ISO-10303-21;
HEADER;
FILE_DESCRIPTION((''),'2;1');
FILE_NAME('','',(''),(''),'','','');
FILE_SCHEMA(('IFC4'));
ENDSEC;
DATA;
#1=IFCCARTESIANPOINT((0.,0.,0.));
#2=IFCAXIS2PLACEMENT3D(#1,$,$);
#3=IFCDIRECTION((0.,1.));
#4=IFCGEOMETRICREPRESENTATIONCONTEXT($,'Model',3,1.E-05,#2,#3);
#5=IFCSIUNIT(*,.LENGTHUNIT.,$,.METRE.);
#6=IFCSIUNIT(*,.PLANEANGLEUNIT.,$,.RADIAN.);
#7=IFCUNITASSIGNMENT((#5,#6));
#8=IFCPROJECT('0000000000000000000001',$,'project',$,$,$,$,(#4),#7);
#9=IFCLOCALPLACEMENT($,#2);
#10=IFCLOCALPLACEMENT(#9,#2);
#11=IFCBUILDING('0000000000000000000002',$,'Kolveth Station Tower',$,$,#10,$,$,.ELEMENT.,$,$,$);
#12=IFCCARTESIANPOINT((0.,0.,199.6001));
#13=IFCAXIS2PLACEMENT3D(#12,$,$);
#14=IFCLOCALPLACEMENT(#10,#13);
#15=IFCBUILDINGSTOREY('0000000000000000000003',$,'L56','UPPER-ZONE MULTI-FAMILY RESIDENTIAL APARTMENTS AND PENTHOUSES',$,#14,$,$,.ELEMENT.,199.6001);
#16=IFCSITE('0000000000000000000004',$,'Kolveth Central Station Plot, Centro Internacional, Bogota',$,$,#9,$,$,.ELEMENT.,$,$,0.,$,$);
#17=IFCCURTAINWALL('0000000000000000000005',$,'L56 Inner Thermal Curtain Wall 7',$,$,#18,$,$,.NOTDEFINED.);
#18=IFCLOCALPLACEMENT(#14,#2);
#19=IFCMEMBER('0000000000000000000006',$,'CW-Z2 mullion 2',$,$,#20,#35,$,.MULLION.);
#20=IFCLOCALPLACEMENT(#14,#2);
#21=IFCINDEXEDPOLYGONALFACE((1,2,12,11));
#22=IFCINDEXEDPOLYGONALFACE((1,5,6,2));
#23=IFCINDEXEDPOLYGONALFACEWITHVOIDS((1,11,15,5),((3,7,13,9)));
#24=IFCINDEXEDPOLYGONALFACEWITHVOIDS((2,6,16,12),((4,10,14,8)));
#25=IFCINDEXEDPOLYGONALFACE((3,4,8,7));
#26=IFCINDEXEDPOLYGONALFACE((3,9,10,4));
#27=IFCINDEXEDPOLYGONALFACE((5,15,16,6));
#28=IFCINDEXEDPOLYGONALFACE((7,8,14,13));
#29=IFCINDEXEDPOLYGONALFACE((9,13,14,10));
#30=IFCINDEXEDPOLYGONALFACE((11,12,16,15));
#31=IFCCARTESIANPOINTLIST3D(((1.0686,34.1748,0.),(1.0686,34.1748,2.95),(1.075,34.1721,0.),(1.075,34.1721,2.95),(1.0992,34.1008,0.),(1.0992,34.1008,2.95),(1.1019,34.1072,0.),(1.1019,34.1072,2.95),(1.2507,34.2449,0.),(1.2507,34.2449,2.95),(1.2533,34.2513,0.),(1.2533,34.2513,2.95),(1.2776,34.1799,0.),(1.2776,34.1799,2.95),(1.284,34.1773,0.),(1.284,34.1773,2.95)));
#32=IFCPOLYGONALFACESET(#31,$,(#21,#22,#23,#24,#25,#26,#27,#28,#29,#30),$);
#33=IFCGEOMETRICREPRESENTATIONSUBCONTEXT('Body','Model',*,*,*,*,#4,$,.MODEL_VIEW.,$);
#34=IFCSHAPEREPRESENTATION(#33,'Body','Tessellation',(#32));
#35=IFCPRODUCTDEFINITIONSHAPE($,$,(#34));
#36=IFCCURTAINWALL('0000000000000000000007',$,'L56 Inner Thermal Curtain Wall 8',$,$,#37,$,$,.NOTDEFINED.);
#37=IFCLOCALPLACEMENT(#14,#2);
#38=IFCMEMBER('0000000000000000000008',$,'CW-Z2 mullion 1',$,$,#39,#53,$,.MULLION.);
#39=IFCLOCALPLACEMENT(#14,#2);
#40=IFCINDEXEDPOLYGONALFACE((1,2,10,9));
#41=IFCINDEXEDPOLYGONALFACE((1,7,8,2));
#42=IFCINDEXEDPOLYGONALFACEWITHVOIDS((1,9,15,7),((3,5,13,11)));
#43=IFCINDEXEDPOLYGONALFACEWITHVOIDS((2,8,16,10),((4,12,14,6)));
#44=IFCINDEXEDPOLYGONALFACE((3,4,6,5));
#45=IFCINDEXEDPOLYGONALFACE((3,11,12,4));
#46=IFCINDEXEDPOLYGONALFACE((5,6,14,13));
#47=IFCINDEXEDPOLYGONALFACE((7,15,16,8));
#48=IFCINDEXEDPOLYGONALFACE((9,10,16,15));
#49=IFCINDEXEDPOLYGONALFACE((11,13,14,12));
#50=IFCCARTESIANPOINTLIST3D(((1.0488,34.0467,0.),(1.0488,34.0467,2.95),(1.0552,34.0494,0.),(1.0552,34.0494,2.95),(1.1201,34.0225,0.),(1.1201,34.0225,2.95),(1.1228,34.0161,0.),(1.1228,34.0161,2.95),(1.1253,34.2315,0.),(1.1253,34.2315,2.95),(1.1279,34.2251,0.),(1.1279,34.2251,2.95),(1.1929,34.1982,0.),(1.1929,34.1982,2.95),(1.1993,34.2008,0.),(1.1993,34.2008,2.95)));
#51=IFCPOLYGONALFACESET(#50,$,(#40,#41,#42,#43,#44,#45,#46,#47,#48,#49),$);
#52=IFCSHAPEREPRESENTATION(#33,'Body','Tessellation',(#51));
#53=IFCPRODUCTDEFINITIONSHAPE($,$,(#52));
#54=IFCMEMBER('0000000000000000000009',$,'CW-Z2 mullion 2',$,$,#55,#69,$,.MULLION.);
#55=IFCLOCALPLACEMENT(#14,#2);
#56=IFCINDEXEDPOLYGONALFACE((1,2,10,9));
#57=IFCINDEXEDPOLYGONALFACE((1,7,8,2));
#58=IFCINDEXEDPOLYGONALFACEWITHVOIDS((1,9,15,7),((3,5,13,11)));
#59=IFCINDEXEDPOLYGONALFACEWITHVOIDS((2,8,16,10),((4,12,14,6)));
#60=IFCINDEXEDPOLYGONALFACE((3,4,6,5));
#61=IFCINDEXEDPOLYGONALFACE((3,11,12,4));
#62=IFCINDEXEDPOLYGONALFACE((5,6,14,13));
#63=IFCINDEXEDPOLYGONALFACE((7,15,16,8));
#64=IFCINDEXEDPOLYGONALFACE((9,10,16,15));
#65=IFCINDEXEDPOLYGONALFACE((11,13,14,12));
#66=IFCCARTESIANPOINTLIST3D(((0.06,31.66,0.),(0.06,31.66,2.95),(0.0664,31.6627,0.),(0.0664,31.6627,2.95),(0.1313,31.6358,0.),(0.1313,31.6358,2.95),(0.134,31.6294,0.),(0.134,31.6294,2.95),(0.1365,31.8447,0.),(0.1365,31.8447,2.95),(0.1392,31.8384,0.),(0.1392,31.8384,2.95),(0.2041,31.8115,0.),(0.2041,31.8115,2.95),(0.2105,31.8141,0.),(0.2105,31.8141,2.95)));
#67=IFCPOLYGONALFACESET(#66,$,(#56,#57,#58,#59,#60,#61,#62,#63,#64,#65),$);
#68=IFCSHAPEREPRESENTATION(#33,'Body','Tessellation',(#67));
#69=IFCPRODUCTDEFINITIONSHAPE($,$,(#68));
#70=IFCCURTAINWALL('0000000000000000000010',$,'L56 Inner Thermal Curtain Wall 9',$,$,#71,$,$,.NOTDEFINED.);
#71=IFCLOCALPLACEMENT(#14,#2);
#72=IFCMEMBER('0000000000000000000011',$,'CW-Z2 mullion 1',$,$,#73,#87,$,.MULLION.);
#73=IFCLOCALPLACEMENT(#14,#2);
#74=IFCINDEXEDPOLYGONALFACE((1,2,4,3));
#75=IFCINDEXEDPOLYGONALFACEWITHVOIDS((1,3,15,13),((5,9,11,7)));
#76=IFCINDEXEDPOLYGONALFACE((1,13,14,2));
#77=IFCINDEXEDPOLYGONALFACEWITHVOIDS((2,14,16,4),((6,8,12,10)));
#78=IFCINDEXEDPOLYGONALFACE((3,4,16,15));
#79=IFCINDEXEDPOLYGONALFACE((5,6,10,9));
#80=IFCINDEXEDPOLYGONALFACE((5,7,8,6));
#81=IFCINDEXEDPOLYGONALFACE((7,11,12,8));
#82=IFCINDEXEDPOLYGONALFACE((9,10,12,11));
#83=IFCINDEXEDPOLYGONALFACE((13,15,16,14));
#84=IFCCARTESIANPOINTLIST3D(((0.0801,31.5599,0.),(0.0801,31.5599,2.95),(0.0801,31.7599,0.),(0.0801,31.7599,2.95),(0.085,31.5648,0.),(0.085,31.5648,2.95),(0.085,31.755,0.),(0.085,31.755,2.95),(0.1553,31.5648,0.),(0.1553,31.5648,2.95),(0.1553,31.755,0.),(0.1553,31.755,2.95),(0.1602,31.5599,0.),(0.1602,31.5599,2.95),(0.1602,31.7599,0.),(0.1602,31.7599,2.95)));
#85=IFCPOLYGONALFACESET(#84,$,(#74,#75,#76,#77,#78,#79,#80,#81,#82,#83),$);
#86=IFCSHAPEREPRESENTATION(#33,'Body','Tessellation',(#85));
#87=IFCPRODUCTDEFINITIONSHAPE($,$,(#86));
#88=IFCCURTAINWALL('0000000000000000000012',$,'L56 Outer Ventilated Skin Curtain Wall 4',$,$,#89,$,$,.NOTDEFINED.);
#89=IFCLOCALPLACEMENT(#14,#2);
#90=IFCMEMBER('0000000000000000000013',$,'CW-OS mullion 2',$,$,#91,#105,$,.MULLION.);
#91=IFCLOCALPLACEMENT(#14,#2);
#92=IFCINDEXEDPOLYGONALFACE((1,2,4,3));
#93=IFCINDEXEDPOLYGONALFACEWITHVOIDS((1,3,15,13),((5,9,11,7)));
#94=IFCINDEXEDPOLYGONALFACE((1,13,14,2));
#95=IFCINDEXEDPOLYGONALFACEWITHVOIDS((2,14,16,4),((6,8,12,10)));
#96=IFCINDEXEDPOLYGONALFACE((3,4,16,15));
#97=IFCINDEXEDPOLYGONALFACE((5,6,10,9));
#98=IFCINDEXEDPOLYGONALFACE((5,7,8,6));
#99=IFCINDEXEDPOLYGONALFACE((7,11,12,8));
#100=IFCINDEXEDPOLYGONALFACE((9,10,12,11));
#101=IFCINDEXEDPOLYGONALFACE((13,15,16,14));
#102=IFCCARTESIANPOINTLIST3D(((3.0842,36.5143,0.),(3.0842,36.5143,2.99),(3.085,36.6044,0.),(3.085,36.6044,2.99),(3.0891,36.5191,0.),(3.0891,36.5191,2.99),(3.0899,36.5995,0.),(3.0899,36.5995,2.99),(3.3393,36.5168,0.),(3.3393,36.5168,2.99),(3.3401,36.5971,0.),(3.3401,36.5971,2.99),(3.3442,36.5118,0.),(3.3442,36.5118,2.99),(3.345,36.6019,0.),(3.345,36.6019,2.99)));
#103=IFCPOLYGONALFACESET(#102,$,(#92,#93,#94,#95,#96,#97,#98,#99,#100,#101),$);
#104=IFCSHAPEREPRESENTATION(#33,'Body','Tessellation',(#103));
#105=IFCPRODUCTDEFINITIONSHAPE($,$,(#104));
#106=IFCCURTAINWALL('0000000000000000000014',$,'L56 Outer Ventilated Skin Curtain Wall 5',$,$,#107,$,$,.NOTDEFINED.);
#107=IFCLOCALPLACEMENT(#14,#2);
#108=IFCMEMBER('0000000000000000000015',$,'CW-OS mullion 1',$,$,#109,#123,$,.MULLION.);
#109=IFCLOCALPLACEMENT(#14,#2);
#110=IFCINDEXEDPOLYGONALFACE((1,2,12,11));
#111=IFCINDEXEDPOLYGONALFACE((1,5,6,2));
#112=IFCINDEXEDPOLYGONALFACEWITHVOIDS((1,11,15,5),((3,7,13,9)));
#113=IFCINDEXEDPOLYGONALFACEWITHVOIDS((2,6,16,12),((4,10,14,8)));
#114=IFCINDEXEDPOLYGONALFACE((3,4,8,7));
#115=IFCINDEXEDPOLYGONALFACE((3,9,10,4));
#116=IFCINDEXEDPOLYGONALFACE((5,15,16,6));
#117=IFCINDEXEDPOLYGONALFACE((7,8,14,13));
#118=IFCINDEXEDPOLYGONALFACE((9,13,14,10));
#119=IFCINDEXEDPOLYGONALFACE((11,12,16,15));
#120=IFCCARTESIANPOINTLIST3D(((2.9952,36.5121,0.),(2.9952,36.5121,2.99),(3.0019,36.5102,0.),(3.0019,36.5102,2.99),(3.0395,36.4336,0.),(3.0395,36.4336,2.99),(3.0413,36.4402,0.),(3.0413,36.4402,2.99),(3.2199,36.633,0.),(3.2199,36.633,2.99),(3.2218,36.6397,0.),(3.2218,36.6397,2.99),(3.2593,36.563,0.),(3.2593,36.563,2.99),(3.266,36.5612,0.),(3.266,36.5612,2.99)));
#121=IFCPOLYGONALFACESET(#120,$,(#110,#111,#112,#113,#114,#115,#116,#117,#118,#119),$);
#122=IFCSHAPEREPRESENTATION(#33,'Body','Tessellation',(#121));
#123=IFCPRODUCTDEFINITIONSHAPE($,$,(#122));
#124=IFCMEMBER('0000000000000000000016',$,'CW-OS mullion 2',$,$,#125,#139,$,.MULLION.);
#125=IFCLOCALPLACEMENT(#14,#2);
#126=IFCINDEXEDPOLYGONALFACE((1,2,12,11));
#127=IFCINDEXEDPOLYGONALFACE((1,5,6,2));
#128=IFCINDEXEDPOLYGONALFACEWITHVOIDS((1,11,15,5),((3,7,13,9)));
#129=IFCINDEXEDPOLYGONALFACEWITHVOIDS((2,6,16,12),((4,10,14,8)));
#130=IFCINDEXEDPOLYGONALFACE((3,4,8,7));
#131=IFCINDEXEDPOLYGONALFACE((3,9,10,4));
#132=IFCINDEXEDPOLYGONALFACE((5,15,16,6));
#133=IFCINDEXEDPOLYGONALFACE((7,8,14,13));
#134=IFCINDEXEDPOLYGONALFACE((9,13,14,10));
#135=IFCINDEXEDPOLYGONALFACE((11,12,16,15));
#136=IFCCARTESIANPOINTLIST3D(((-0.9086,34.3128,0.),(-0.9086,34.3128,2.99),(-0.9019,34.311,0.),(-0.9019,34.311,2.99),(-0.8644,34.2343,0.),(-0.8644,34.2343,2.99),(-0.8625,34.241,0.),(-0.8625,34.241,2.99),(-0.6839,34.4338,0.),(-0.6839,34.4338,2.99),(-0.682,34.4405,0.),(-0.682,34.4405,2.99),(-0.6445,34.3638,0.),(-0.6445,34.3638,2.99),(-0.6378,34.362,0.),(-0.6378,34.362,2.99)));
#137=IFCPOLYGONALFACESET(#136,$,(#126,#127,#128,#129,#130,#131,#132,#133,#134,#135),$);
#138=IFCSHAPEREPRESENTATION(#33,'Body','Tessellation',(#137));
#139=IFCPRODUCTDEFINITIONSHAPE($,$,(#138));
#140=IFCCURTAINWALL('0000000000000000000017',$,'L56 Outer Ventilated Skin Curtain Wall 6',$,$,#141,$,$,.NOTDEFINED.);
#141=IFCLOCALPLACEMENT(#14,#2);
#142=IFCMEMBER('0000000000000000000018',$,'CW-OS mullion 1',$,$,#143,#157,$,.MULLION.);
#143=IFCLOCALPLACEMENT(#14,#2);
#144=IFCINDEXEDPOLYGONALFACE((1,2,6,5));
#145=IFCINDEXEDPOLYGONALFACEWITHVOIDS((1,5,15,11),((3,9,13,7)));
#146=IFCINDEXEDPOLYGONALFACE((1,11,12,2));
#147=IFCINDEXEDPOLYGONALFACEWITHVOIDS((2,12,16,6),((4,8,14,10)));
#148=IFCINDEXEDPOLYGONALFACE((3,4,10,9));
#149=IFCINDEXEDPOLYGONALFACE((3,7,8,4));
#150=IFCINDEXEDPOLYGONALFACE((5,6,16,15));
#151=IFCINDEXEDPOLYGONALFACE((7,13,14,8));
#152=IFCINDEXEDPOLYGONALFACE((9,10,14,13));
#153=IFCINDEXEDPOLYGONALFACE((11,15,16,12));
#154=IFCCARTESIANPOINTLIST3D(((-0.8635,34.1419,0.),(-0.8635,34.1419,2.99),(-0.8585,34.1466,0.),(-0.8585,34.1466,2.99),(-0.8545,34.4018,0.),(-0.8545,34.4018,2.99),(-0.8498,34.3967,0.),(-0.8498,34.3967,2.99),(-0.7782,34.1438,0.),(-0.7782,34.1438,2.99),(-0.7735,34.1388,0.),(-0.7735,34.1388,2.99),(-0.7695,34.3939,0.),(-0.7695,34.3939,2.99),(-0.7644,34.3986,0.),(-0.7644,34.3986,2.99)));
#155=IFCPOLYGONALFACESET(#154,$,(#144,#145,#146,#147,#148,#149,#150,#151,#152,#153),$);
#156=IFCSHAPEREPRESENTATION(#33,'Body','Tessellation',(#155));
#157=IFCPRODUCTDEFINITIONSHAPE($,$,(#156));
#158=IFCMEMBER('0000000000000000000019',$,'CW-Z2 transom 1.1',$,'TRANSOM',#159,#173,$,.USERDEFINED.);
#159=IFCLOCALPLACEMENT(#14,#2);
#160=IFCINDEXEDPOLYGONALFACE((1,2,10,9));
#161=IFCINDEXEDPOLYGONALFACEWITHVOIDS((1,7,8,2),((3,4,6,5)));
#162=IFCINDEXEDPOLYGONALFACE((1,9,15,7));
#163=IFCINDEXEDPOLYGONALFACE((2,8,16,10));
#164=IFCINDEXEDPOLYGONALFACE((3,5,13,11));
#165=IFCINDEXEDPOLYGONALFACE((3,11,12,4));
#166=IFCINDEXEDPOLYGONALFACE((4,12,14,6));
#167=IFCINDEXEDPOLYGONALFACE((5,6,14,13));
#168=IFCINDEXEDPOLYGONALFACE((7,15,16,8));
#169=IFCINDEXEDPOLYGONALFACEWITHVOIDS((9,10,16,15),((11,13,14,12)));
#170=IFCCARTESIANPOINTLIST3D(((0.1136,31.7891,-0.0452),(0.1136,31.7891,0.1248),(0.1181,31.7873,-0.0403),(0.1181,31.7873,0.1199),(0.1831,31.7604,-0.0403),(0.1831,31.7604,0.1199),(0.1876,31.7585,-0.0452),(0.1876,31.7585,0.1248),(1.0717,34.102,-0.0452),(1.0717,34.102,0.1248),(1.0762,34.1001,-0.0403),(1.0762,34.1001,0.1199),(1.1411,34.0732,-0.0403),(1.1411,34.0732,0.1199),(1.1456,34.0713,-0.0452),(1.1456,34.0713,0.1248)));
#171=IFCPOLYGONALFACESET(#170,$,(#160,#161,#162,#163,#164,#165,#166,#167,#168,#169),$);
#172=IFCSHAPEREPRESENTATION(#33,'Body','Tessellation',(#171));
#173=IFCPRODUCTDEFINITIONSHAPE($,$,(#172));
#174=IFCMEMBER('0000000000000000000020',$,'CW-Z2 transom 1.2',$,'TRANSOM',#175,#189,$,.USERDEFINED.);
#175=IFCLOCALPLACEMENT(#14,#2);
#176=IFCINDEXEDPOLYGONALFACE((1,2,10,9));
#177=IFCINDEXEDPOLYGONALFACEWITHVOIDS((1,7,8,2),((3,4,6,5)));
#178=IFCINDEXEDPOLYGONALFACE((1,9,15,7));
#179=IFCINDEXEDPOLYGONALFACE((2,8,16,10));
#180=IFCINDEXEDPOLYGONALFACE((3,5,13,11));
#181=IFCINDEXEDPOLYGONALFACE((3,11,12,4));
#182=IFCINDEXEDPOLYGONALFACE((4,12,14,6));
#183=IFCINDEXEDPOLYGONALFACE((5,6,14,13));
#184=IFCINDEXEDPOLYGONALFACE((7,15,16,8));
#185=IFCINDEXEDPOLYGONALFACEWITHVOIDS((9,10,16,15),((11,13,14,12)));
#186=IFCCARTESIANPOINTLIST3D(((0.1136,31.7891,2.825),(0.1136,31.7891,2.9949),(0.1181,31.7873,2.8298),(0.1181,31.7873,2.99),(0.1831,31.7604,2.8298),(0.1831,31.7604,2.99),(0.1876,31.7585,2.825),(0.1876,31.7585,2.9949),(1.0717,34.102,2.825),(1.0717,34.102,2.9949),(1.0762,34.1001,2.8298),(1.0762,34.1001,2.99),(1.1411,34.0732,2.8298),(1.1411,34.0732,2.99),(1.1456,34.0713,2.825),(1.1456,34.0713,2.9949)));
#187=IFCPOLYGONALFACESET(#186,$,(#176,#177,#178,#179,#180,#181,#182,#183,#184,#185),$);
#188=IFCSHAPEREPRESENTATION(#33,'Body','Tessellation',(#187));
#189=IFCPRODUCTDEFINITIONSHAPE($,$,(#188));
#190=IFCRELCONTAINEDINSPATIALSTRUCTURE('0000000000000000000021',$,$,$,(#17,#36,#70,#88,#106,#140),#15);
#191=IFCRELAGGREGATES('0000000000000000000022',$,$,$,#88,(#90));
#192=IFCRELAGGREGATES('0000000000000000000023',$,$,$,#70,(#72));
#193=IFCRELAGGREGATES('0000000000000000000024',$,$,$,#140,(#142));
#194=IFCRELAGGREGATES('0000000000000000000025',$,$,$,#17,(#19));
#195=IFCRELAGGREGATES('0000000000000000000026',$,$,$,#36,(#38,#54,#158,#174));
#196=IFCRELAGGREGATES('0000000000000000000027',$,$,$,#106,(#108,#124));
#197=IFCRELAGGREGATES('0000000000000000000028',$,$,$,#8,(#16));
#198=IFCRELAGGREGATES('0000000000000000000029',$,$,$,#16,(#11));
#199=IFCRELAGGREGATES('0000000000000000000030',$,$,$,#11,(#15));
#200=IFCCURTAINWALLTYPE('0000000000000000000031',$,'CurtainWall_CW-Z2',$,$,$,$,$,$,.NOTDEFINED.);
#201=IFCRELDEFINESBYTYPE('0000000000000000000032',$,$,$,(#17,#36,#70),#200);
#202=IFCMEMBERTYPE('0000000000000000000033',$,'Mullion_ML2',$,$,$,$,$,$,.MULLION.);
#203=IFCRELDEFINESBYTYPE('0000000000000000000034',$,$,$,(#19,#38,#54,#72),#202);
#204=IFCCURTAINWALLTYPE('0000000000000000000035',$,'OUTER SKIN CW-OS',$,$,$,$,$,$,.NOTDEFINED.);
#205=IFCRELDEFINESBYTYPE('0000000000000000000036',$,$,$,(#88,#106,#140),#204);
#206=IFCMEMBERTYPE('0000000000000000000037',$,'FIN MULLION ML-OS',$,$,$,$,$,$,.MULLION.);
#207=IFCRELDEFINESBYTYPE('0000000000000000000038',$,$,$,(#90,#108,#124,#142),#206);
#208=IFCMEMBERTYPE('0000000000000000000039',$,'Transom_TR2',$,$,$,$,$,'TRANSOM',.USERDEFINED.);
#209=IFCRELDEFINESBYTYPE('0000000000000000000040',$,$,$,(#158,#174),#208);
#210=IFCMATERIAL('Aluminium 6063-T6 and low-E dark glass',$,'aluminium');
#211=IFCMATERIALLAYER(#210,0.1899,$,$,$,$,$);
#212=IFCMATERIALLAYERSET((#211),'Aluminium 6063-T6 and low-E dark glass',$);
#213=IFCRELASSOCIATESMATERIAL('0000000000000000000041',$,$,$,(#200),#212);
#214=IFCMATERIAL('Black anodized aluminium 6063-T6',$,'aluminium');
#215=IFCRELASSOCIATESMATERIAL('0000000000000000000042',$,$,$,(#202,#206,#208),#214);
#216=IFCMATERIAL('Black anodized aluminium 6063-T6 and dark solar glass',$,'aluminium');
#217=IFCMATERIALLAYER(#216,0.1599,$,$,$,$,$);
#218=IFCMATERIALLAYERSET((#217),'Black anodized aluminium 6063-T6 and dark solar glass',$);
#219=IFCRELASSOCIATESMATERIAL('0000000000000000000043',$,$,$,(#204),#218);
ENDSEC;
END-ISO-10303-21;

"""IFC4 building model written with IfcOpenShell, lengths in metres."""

from ifc_helpers import new_model, si_unit, direction, frame, origin, origin_2d, place, context, subcontext, project, spatial, hollow_rectangle, extrude, source, transform, mapped, material, layer, layer_set, material_profile, profile_set, type_object, element, aggregate, save


model = new_model("IFC4")

# Units and contexts
model_context = context("Model", 3, precision=1e-05, world=origin(), true_north=direction((0.0, 1.0)))
body_context = subcontext(model_context, "Body", "Model", "MODEL_VIEW")
ifc_project = project(units=[si_unit("LENGTHUNIT", "METRE"), si_unit("PLANEANGLEUNIT", "RADIAN")], contexts=[model_context])

# Site, building, storey
site_placement = place(None, origin())
site = spatial("IfcSite", under=ifc_project, at=site_placement, Name="Kolveth Central Station Plot, Centro Internacional, Bogota", CompositionType="ELEMENT", RefElevation=0.0)
building_placement = place(site_placement, origin())
building = spatial("IfcBuilding", under=site, at=building_placement, Name="Kolveth Station Tower", CompositionType="ELEMENT")
storey_placement = place(building_placement, frame((0.0, 0.0, 199.6001)))
storey = spatial("IfcBuildingStorey", under=building, at=storey_placement, Name="L56", Description="UPPER-ZONE MULTI-FAMILY RESIDENTIAL APARTMENTS AND PENTHOUSES", CompositionType="ELEMENT", Elevation=199.6001)

# Curtain wall, member
ifc_material_1 = material(Name="Aluminium 6063-T6 and low-E dark glass", Category="aluminium")
ifc_layer_1 = layer(ifc_material_1, 0.1899)
ifc_layer_set_1 = layer_set([ifc_layer_1], Name="Aluminium 6063-T6 and low-E dark glass")
curtain_wall_type_1 = type_object("IfcCurtainWallType", Name="CurtainWall_CW-Z2", PredefinedType="NOTDEFINED", material=ifc_layer_set_1)
curtain_wall_1_placement = place(storey_placement, origin())
curtain_wall_1 = element("IfcCurtainWall", 1, at=curtain_wall_1_placement, inside=storey, type_object=curtain_wall_type_1, Name="L56 Inner Thermal Curtain Wall 7", PredefinedType="NOTDEFINED")
ifc_material_2 = material(Name="Black anodized aluminium 6063-T6", Category="aluminium")
ifc_material_profile_1 = material_profile(ifc_material_2, hollow_rectangle(XDim=0.0801, YDim=0.2, WallThickness=0.0049, at=origin_2d()), Name="ALU-80x200x5")
ifc_profile_set_1 = profile_set([ifc_material_profile_1], Name="Black anodized aluminium 6063-T6")
member_type_1 = type_object("IfcMemberType", Name="Mullion_ML2", PredefinedType="MULLION", material=ifc_profile_set_1)
shared_shape_1 = source(origin(), body_context, "Body", "SweptSolid", [
    extrude(hollow_rectangle(XDim=0.0801, YDim=0.2, WallThickness=0.0049, at=origin_2d()), origin(), (0.0, 0.0, 1.0), 2.95),
])
member_1_placement = place(storey_placement, frame((1.1763, 34.176, 0.0), z_axis=(0.0, 0.0, 1.0), x_axis=(0.382698, -0.923874, 0.0)))
member_1 = element("IfcMember", 2, at=member_1_placement, type_object=member_type_1, Name="CW-Z2 mullion 2", PredefinedType="MULLION", context=body_context, shape_type="MappedRepresentation", body=[
    mapped(shared_shape_1, transform((0.0, 0.0, 0.0), x_axis=(1.0, 0.0, 0.0), y_axis=(0.0, 1.0, 0.0), z_axis=(0.0, 0.0, 1.0), scale=1.0)),
])

# Curtain wall, members
curtain_wall_2_placement = place(storey_placement, origin())
curtain_wall_2 = element("IfcCurtainWall", 3, at=curtain_wall_2_placement, inside=storey, type_object=curtain_wall_type_1, Name="L56 Inner Thermal Curtain Wall 8", PredefinedType="NOTDEFINED")
member_2_placement = place(storey_placement, frame((1.124, 34.1238, 0.0), z_axis=(0.0, 0.0, 1.0), x_axis=(0.923874, -0.382698, 0.0)))
member_2 = element("IfcMember", 4, at=member_2_placement, type_object=member_type_1, Name="CW-Z2 mullion 1", PredefinedType="MULLION", context=body_context, shape_type="MappedRepresentation", body=[
    mapped(shared_shape_1, transform((0.0, 0.0, 0.0), x_axis=(1.0, 0.0, 0.0), y_axis=(0.0, 1.0, 0.0), z_axis=(0.0, 0.0, 1.0), scale=1.0)),
])
member_3_placement = place(storey_placement, frame((0.1353, 31.7371, 0.0), z_axis=(0.0, 0.0, 1.0), x_axis=(0.923874, -0.382698, 0.0)))
member_3 = element("IfcMember", 5, at=member_3_placement, type_object=member_type_1, Name="CW-Z2 mullion 2", PredefinedType="MULLION", context=body_context, shape_type="MappedRepresentation", body=[
    mapped(shared_shape_1, transform((0.0, 0.0, 0.0), x_axis=(1.0, 0.0, 0.0), y_axis=(0.0, 1.0, 0.0), z_axis=(0.0, 0.0, 1.0), scale=1.0)),
])

# Curtain walls, members
curtain_wall_3_placement = place(storey_placement, origin())
curtain_wall_3 = element("IfcCurtainWall", 6, at=curtain_wall_3_placement, inside=storey, type_object=curtain_wall_type_1, Name="L56 Inner Thermal Curtain Wall 9", PredefinedType="NOTDEFINED")
member_4_placement = place(storey_placement, frame((0.1201, 31.6599, 0.0), z_axis=(0.0, 0.0, 1.0), x_axis=(1.0, 0.0, 0.0)))
member_4 = element("IfcMember", 7, at=member_4_placement, type_object=member_type_1, Name="CW-Z2 mullion 1", PredefinedType="MULLION", context=body_context, shape_type="MappedRepresentation", body=[
    mapped(shared_shape_1, transform((0.0, 0.0, 0.0), x_axis=(1.0, 0.0, 0.0), y_axis=(0.0, 1.0, 0.0), z_axis=(0.0, 0.0, 1.0), scale=1.0)),
])
ifc_material_3 = material(Name="Black anodized aluminium 6063-T6 and dark solar glass", Category="aluminium")
ifc_layer_2 = layer(ifc_material_3, 0.1599)
ifc_layer_set_2 = layer_set([ifc_layer_2], Name="Black anodized aluminium 6063-T6 and dark solar glass")
curtain_wall_type_2 = type_object("IfcCurtainWallType", Name="OUTER SKIN CW-OS", PredefinedType="NOTDEFINED", material=ifc_layer_set_2)
curtain_wall_4_placement = place(storey_placement, origin())
curtain_wall_4 = element("IfcCurtainWall", 8, at=curtain_wall_4_placement, inside=storey, type_object=curtain_wall_type_2, Name="L56 Outer Ventilated Skin Curtain Wall 4", PredefinedType="NOTDEFINED")
ifc_material_profile_2 = material_profile(ifc_material_2, hollow_rectangle(XDim=0.0901, YDim=0.26, WallThickness=0.0049, at=origin_2d()), Name="ALU-90x260x5")
ifc_profile_set_2 = profile_set([ifc_material_profile_2], Name="Black anodized aluminium 6063-T6")
member_type_2 = type_object("IfcMemberType", Name="FIN MULLION ML-OS", PredefinedType="MULLION", material=ifc_profile_set_2)
shared_shape_2 = source(origin(), body_context, "Body", "SweptSolid", [
    extrude(hollow_rectangle(XDim=0.0901, YDim=0.26, WallThickness=0.0049, at=origin_2d()), origin(), (0.0, 0.0, 1.0), 2.99),
])
member_5_placement = place(storey_placement, frame((3.2146, 36.5581, 0.0), z_axis=(0.0, 0.0, 1.0), x_axis=(-0.009501, -0.999955, 0.0)))
member_5 = element("IfcMember", 9, at=member_5_placement, type_object=member_type_2, Name="CW-OS mullion 2", PredefinedType="MULLION", context=body_context, shape_type="MappedRepresentation", body=[
    mapped(shared_shape_2, transform((0.0, 0.0, 0.0), x_axis=(1.0, 0.0, 0.0), y_axis=(0.0, 1.0, 0.0), z_axis=(0.0, 0.0, 1.0), scale=1.0)),
])
aggregate(curtain_wall_4, [member_5])

# Curtain wall, members
curtain_wall_5_placement = place(storey_placement, origin())
curtain_wall_5 = element("IfcCurtainWall", 10, at=curtain_wall_5_placement, inside=storey, type_object=curtain_wall_type_2, Name="L56 Outer Ventilated Skin Curtain Wall 5", PredefinedType="NOTDEFINED")
member_6_placement = place(storey_placement, frame((3.1306, 36.5366, 0.0), z_axis=(0.0, 0.0, 1.0), x_axis=(0.49083, -0.871255, 0.0)))
member_6 = element("IfcMember", 11, at=member_6_placement, type_object=member_type_2, Name="CW-OS mullion 1", PredefinedType="MULLION", context=body_context, shape_type="MappedRepresentation", body=[
    mapped(shared_shape_2, transform((0.0, 0.0, 0.0), x_axis=(1.0, 0.0, 0.0), y_axis=(0.0, 1.0, 0.0), z_axis=(0.0, 0.0, 1.0), scale=1.0)),
])
member_7_placement = place(storey_placement, frame((-0.7732, 34.3374, 0.0), z_axis=(0.0, 0.0, 1.0), x_axis=(0.49083, -0.871255, 0.0)))
member_7 = element("IfcMember", 12, at=member_7_placement, type_object=member_type_2, Name="CW-OS mullion 2", PredefinedType="MULLION", context=body_context, shape_type="MappedRepresentation", body=[
    mapped(shared_shape_2, transform((0.0, 0.0, 0.0), x_axis=(1.0, 0.0, 0.0), y_axis=(0.0, 1.0, 0.0), z_axis=(0.0, 0.0, 1.0), scale=1.0)),
])

# Curtain wall, member
curtain_wall_6_placement = place(storey_placement, origin())
curtain_wall_6 = element("IfcCurtainWall", 13, at=curtain_wall_6_placement, inside=storey, type_object=curtain_wall_type_2, Name="L56 Outer Ventilated Skin Curtain Wall 6", PredefinedType="NOTDEFINED")
member_8_placement = place(storey_placement, frame((-0.814, 34.2703, 0.0), z_axis=(0.0, 0.0, 1.0), x_axis=(0.999396, -0.034765, 0.0)))
member_8 = element("IfcMember", 14, at=member_8_placement, type_object=member_type_2, Name="CW-OS mullion 1", PredefinedType="MULLION", context=body_context, shape_type="MappedRepresentation", body=[
    mapped(shared_shape_2, transform((0.0, 0.0, 0.0), x_axis=(1.0, 0.0, 0.0), y_axis=(0.0, 1.0, 0.0), z_axis=(0.0, 0.0, 1.0), scale=1.0)),
])

# Members
ifc_material_profile_3 = material_profile(ifc_material_2, hollow_rectangle(XDim=0.0801, YDim=0.1699, WallThickness=0.0049, at=origin_2d()), Name="ALU-80x170x5")
ifc_profile_set_3 = profile_set([ifc_material_profile_3], Name="Black anodized aluminium 6063-T6")
member_type_3 = type_object("IfcMemberType", Name="Transom_TR2", ElementType="TRANSOM", PredefinedType="USERDEFINED", material=ifc_profile_set_3)
shared_shape_3 = source(origin(), body_context, "Body", "SweptSolid", [
    extrude(hollow_rectangle(XDim=0.0801, YDim=0.1699, WallThickness=0.0049, at=origin_2d()), origin(), (0.0, 0.0, 1.0), 2.5034),
])
member_9_placement = place(storey_placement, frame((1.1086, 34.0867, 0.0398), z_axis=(-0.382696, -0.923874, 0.0), x_axis=(0.923874, -0.382696, 0.0)))
member_9 = element("IfcMember", 15, at=member_9_placement, type_object=member_type_3, Name="CW-Z2 transom 1.1", ObjectType="TRANSOM", PredefinedType="USERDEFINED", context=body_context, shape_type="MappedRepresentation", body=[
    mapped(shared_shape_3, transform((0.0, 0.0, 0.0), x_axis=(1.0, 0.0, 0.0), y_axis=(0.0, 1.0, 0.0), z_axis=(0.0, 0.0, 1.0), scale=1.0)),
])
member_10_placement = place(storey_placement, frame((1.1086, 34.0867, 2.9099), z_axis=(-0.382696, -0.923874, 0.0), x_axis=(0.923874, -0.382696, 0.0)))
member_10 = element("IfcMember", 16, at=member_10_placement, type_object=member_type_3, Name="CW-Z2 transom 1.2", ObjectType="TRANSOM", PredefinedType="USERDEFINED", context=body_context, shape_type="MappedRepresentation", body=[
    mapped(shared_shape_3, transform((0.0, 0.0, 0.0), x_axis=(1.0, 0.0, 0.0), y_axis=(0.0, 1.0, 0.0), z_axis=(0.0, 0.0, 1.0), scale=1.0)),
])
aggregate(curtain_wall_3, [member_4])
aggregate(curtain_wall_6, [member_8])

aggregate(curtain_wall_1, [member_1])
aggregate(curtain_wall_2, [member_2, member_3, member_9, member_10])
aggregate(curtain_wall_5, [member_6, member_7])

save(model, "model.ifc")
